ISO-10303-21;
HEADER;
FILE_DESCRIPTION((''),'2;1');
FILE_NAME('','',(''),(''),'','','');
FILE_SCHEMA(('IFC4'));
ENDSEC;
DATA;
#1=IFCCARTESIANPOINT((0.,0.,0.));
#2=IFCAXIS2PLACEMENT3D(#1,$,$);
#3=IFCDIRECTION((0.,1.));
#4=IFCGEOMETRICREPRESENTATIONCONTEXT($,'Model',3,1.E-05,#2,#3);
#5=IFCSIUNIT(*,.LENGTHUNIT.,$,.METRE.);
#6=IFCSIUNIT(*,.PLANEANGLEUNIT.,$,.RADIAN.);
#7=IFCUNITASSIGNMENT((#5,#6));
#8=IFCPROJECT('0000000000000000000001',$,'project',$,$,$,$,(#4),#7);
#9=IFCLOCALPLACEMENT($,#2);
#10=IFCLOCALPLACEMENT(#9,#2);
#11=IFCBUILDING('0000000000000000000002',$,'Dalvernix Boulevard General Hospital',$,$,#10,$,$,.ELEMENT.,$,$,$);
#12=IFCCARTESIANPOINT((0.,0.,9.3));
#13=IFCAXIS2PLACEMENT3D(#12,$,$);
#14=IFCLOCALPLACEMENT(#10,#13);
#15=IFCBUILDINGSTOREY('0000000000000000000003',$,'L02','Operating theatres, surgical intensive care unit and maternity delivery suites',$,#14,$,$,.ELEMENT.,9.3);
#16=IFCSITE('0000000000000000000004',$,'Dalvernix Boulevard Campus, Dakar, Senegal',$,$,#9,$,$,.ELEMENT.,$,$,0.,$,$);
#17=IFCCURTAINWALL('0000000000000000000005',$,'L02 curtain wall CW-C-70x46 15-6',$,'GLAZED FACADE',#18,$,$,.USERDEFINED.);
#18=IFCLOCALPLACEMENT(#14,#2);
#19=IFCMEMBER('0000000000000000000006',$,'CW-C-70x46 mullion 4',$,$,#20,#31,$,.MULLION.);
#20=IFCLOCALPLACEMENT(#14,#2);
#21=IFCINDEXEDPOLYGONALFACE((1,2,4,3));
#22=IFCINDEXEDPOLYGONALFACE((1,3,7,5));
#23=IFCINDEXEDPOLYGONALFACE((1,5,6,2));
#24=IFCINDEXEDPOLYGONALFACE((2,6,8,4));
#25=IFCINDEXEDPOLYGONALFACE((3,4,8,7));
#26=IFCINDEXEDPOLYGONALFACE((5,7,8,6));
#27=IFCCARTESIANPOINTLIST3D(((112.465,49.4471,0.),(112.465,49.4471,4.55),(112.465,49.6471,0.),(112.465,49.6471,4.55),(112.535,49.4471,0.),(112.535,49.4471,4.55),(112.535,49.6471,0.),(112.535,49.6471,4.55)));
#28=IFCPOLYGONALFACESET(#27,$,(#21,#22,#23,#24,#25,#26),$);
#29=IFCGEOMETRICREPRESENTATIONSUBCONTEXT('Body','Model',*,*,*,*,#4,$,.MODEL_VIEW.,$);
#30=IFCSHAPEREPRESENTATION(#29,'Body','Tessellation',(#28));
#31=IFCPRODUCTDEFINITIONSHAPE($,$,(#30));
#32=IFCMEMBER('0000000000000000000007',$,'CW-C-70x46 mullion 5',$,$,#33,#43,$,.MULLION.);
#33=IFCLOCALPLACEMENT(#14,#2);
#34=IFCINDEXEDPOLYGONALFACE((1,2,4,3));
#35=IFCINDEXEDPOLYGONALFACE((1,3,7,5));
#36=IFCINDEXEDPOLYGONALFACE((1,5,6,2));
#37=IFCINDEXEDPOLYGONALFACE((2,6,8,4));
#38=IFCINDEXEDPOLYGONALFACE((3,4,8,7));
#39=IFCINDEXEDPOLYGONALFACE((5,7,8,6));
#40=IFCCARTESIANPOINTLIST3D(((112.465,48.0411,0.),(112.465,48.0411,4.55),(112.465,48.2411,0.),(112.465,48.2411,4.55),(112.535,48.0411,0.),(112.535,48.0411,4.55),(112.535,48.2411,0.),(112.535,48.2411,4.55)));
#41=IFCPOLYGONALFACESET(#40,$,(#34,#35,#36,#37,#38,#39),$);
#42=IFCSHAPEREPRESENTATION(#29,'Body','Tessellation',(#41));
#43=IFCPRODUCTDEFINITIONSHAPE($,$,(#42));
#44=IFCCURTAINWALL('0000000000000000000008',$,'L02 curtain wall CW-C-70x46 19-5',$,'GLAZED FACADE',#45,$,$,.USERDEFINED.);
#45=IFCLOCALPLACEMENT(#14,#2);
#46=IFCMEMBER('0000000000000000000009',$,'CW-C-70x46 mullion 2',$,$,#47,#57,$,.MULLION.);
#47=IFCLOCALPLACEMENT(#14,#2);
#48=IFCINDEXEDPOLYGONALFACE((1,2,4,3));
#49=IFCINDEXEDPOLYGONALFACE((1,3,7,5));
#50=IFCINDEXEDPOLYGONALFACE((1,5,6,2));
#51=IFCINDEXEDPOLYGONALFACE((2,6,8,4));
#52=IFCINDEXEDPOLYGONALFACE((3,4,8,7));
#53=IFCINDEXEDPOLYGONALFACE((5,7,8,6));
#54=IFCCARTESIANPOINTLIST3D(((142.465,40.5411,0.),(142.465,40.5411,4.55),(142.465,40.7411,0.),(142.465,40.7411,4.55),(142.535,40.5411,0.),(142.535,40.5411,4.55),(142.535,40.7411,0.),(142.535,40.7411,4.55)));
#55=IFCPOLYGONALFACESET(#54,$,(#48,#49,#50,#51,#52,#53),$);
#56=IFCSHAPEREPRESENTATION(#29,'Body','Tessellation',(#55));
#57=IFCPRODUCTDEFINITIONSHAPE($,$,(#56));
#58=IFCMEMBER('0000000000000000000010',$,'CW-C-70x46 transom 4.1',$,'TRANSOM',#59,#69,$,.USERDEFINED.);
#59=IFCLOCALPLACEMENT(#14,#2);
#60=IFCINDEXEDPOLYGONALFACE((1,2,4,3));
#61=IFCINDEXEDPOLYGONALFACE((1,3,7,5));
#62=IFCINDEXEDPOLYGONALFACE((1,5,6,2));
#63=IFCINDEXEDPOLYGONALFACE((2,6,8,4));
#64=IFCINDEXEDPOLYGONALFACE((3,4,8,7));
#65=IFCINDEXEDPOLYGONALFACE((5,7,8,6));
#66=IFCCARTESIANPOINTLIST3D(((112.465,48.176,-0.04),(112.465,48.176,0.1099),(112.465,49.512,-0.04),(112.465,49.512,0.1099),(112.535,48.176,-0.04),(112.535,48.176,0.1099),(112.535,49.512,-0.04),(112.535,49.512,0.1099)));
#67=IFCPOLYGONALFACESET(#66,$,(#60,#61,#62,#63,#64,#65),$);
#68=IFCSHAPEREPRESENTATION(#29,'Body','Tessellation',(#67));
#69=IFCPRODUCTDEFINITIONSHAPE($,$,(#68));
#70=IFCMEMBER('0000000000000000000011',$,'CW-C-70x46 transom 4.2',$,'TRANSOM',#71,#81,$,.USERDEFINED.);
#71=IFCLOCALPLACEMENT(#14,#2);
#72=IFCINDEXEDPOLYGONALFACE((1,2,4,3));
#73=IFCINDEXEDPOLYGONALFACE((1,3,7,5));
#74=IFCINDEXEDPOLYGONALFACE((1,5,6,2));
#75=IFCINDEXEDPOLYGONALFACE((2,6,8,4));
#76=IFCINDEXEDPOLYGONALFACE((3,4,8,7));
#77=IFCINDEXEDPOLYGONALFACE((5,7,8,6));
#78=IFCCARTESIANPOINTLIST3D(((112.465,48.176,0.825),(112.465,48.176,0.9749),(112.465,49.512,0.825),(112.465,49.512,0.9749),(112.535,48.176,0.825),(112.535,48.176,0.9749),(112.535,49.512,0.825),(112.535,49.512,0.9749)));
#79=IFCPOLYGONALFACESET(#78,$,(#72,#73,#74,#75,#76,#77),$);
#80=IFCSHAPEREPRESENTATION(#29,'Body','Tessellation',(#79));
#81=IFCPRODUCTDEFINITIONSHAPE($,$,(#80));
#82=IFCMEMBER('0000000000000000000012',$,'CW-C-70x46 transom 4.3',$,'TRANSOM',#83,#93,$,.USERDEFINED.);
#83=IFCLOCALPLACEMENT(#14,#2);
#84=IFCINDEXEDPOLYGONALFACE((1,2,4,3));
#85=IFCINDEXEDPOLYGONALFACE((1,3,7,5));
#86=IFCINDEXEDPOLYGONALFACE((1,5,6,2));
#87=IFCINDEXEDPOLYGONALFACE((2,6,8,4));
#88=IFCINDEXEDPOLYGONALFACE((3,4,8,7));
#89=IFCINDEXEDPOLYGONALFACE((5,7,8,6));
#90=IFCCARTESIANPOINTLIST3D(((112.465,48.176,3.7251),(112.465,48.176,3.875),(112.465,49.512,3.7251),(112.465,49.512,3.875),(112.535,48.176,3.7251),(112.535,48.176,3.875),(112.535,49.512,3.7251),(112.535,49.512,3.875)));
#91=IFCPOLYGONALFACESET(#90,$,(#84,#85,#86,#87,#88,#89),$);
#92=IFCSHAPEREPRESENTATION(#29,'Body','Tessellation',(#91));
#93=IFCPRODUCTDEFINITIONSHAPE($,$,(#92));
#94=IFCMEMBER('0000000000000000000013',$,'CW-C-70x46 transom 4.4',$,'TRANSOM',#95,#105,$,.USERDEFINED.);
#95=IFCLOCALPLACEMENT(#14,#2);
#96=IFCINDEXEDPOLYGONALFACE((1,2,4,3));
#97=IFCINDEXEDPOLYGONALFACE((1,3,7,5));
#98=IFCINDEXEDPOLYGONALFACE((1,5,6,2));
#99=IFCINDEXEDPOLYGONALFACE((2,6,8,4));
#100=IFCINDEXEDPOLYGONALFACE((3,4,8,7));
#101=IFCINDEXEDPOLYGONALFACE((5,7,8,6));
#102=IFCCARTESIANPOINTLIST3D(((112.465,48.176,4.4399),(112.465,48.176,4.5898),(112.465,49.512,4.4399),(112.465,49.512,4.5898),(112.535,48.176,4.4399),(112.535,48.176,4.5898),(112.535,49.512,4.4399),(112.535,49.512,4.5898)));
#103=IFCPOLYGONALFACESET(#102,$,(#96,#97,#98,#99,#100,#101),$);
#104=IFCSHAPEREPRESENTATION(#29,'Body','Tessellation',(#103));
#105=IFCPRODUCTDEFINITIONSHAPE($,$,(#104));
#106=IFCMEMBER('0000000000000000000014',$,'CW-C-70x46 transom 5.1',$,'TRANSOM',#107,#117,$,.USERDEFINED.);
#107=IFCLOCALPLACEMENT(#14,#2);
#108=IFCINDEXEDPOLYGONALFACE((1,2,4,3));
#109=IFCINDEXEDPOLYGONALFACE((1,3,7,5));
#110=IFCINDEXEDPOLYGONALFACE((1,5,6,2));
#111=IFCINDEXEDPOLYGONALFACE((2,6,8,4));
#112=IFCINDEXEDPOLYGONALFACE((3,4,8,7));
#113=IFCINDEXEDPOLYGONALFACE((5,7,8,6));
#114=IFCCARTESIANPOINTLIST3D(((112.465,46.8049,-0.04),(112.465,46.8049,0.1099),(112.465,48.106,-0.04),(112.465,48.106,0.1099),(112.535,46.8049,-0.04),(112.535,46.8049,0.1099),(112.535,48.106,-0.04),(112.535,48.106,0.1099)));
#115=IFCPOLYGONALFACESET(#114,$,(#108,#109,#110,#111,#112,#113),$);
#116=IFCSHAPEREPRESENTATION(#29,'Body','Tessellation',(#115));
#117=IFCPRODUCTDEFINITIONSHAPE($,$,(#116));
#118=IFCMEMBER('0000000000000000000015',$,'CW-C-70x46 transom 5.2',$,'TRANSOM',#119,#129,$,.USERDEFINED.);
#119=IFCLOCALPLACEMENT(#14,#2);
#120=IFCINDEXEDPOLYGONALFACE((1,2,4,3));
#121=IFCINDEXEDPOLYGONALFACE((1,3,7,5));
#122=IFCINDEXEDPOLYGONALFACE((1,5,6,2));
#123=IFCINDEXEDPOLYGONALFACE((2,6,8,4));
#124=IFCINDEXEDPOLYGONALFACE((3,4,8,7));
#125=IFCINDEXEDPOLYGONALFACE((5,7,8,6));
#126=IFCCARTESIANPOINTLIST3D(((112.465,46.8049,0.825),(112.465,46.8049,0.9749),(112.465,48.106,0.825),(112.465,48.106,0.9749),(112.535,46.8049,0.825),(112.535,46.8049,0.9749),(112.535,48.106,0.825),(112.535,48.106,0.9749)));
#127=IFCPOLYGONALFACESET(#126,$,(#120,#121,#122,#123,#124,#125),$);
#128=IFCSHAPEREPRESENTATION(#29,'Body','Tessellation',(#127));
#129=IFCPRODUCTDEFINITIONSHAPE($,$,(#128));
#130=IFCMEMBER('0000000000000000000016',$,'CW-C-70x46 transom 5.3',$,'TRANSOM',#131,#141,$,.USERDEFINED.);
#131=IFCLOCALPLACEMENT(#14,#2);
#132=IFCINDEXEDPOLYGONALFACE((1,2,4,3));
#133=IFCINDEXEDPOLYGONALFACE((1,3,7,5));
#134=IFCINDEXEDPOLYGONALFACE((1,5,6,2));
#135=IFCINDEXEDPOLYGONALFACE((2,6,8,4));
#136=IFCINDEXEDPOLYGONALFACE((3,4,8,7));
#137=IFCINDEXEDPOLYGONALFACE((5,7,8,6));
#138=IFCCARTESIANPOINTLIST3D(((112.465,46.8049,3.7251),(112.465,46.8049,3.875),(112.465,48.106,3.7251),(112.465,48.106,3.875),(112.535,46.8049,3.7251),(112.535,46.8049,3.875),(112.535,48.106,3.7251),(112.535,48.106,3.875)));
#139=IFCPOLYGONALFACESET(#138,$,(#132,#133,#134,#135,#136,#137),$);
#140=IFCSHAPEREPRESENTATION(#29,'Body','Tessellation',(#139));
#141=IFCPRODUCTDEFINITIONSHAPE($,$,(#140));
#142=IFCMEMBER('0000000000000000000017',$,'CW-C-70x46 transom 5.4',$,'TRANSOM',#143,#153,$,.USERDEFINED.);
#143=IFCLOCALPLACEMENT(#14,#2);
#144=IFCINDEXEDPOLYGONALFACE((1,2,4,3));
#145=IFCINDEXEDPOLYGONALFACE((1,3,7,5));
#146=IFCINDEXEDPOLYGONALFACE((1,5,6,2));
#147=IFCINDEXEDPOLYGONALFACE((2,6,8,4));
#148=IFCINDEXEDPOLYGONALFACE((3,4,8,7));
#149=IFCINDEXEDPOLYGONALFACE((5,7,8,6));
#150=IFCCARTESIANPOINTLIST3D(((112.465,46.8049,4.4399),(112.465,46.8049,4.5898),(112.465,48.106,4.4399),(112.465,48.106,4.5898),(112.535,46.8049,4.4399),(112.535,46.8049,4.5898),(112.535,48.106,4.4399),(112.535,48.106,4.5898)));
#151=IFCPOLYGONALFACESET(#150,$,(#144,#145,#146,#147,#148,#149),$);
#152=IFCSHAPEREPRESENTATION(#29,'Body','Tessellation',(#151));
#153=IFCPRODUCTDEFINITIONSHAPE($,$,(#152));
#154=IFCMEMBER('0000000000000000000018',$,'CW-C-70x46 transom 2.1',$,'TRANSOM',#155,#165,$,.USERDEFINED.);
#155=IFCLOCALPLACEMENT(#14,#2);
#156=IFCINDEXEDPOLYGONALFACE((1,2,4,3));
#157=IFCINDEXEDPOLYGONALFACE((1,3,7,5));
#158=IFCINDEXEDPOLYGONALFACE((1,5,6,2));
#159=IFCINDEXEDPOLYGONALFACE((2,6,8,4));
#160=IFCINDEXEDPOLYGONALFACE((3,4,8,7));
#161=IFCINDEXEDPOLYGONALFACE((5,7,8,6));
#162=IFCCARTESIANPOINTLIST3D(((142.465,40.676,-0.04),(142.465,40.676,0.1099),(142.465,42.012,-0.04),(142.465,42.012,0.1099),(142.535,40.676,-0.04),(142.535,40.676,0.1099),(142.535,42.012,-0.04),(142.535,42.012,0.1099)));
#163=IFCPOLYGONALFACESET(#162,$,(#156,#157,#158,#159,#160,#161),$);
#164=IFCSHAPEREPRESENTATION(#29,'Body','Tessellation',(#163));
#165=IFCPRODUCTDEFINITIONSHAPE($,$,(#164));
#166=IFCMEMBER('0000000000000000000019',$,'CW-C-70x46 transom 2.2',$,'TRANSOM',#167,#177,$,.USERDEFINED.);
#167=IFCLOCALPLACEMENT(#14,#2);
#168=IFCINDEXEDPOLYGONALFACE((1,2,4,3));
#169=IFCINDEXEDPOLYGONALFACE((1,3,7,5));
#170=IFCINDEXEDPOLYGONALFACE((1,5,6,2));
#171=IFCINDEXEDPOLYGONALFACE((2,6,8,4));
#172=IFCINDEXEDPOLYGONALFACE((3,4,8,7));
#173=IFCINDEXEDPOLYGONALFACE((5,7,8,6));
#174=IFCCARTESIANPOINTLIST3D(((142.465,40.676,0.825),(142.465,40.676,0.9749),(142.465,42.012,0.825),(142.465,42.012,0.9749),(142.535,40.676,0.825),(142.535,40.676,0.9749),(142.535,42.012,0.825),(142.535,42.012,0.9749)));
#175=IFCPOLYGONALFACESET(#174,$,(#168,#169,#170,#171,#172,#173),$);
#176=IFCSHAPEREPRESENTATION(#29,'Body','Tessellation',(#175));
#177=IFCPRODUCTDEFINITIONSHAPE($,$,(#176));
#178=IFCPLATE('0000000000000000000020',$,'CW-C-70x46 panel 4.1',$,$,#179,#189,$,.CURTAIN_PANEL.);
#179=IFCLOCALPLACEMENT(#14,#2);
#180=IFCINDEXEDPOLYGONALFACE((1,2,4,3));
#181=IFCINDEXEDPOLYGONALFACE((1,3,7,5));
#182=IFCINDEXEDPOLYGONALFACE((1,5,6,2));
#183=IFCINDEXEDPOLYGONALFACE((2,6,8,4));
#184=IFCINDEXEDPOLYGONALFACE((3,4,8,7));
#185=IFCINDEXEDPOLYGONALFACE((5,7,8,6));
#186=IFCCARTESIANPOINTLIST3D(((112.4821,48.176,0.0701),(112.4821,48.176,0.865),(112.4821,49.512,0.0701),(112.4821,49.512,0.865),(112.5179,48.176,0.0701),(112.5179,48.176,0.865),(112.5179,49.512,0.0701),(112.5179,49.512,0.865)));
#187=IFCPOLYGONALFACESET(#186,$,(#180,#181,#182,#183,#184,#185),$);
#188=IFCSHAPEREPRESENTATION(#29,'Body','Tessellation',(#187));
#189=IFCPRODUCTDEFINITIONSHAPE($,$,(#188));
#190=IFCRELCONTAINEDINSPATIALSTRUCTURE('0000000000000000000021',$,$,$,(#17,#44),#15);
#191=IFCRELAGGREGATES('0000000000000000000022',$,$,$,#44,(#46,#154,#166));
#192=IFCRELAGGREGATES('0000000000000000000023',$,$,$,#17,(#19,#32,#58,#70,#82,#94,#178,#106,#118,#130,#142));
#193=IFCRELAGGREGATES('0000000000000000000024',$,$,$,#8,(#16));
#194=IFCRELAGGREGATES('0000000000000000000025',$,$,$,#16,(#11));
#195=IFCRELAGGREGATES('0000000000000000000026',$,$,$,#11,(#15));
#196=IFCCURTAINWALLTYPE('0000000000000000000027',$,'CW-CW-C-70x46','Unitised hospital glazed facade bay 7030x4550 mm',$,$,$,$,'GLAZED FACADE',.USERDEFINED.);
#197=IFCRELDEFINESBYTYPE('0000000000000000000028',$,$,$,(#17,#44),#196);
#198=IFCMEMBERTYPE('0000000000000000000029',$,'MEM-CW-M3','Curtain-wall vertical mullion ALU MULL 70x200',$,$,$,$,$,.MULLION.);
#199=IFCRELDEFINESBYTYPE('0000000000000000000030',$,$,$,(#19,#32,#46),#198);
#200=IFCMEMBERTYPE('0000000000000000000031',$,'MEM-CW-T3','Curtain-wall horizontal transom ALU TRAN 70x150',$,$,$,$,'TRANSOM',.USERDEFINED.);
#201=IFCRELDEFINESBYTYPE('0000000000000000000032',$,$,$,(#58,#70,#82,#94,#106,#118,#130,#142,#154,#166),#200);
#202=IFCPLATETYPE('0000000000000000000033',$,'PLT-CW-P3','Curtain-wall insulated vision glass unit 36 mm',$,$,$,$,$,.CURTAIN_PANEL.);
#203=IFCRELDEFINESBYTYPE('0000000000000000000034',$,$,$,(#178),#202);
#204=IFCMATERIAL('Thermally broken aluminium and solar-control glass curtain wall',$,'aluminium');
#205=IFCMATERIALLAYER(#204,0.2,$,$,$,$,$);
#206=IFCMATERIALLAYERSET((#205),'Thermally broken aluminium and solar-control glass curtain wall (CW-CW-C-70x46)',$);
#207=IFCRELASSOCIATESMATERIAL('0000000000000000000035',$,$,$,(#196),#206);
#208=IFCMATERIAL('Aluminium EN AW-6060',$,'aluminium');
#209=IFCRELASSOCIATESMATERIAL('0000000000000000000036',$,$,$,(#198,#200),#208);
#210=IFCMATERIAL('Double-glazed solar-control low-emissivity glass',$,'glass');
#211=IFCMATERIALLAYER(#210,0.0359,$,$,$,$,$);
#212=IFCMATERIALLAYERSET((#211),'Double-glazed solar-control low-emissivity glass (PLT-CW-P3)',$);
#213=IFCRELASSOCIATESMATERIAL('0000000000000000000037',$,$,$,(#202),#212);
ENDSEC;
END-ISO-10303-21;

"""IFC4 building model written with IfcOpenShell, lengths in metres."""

from ifc_helpers import new_model, si_unit, direction, frame, origin, origin_2d, place, context, subcontext, project, spatial, rectangle, extrude, material, layer, layer_set, material_profile, profile_set, type_object, element, aggregate, save


model = new_model("IFC4")

# Units and contexts
model_context = context("Model", 3, precision=1e-05, world=origin(), true_north=direction((0.0, 1.0)))
body_context = subcontext(model_context, "Body", "Model", "MODEL_VIEW")
ifc_project = project(units=[si_unit("LENGTHUNIT", "METRE"), si_unit("PLANEANGLEUNIT", "RADIAN")], contexts=[model_context])

# Site, building, storey
site_placement = place(None, origin())
site = spatial("IfcSite", under=ifc_project, at=site_placement, Name="Dalvernix Boulevard Campus, Dakar, Senegal", CompositionType="ELEMENT", RefElevation=0.0)
building_placement = place(site_placement, origin())
building = spatial("IfcBuilding", under=site, at=building_placement, Name="Dalvernix Boulevard General Hospital", CompositionType="ELEMENT")
storey_placement = place(building_placement, frame((0.0, 0.0, 9.3)))
storey = spatial("IfcBuildingStorey", under=building, at=storey_placement, Name="L02", Description="Operating theatres, surgical intensive care unit and maternity delivery suites", CompositionType="ELEMENT", Elevation=9.3)

# Curtain wall, members
ifc_material_1 = material(Name="Thermally broken aluminium and solar-control glass curtain wall", Category="aluminium")
ifc_layer_1 = layer(ifc_material_1, 0.2)
ifc_layer_set_1 = layer_set([ifc_layer_1], Name="Thermally broken aluminium and solar-control glass curtain wall (CW-CW-C-70x46)")
curtain_wall_type = type_object("IfcCurtainWallType", Name="CW-CW-C-70x46", Description="Unitised hospital glazed facade bay 7030x4550 mm", ElementType="GLAZED FACADE", PredefinedType="USERDEFINED", material=ifc_layer_set_1)
curtain_wall_1_placement = place(storey_placement, origin())
curtain_wall_1 = element("IfcCurtainWall", 1, at=curtain_wall_1_placement, inside=storey, type_object=curtain_wall_type, Name="L02 curtain wall CW-C-70x46 15-6", ObjectType="GLAZED FACADE", PredefinedType="USERDEFINED")
ifc_material_2 = material(Name="Aluminium EN AW-6060", Category="aluminium")
ifc_material_profile_1 = material_profile(ifc_material_2, rectangle(XDim=0.0701, YDim=0.2, at=origin_2d()), Name="ALU MULL 70x200")
ifc_profile_set_1 = profile_set([ifc_material_profile_1], Name="Aluminium EN AW-6060")
member_type_1 = type_object("IfcMemberType", Name="MEM-CW-M3", Description="Curtain-wall vertical mullion ALU MULL 70x200", PredefinedType="MULLION", material=ifc_profile_set_1)
member_1_placement = place(storey_placement, frame((112.5, 49.5471, 0.0), z_axis=(0.0, 0.0, 1.0), x_axis=(1.0, 0.0, 0.0)))
member_1 = element("IfcMember", 2, at=member_1_placement, type_object=member_type_1, Name="CW-C-70x46 mullion 4", PredefinedType="MULLION", context=body_context, shape_type="SweptSolid", body=[
    extrude(rectangle(XDim=0.0701, YDim=0.2, at=origin_2d()), origin(), (0.0, 0.0, 1.0), 4.55),
])
member_2_placement = place(storey_placement, frame((112.5, 48.1411, 0.0), z_axis=(0.0, 0.0, 1.0), x_axis=(1.0, 0.0, 0.0)))
member_2 = element("IfcMember", 3, at=member_2_placement, type_object=member_type_1, Name="CW-C-70x46 mullion 5", PredefinedType="MULLION", context=body_context, shape_type="SweptSolid", body=[
    extrude(rectangle(XDim=0.0701, YDim=0.2, at=origin_2d()), origin(), (0.0, 0.0, 1.0), 4.55),
])

# Curtain wall, member
curtain_wall_2_placement = place(storey_placement, origin())
curtain_wall_2 = element("IfcCurtainWall", 4, at=curtain_wall_2_placement, inside=storey, type_object=curtain_wall_type, Name="L02 curtain wall CW-C-70x46 19-5", ObjectType="GLAZED FACADE", PredefinedType="USERDEFINED")
member_3_placement = place(storey_placement, frame((142.5, 40.6411, 0.0), z_axis=(0.0, 0.0, 1.0), x_axis=(-1.0, 0.0, 0.0)))
member_3 = element("IfcMember", 5, at=member_3_placement, type_object=member_type_1, Name="CW-C-70x46 mullion 2", PredefinedType="MULLION", context=body_context, shape_type="SweptSolid", body=[
    extrude(rectangle(XDim=0.0701, YDim=0.2, at=origin_2d()), origin(), (0.0, 0.0, 1.0), 4.55),
])

# Members
ifc_material_profile_2 = material_profile(ifc_material_2, rectangle(XDim=0.0701, YDim=0.1499, at=origin_2d()), Name="ALU TRAN 70x150")
ifc_profile_set_2 = profile_set([ifc_material_profile_2], Name="Aluminium EN AW-6060")
member_type_2 = type_object("IfcMemberType", Name="MEM-CW-T3", Description="Curtain-wall horizontal transom ALU TRAN 70x150", ElementType="TRANSOM", PredefinedType="USERDEFINED", material=ifc_profile_set_2)
member_4_placement = place(storey_placement, frame((112.5, 49.512, 0.0349), z_axis=(0.0, -1.0, 0.0), x_axis=(1.0, 0.0, 0.0)))
member_4 = element("IfcMember", 6, at=member_4_placement, type_object=member_type_2, Name="CW-C-70x46 transom 4.1", ObjectType="TRANSOM", PredefinedType="USERDEFINED", context=body_context, shape_type="SweptSolid", body=[
    extrude(rectangle(XDim=0.0701, YDim=0.1499, at=origin_2d()), origin(), (0.0, 0.0, 1.0), 1.3359),
])
member_5_placement = place(storey_placement, frame((112.5, 49.512, 0.8999), z_axis=(0.0, -1.0, 0.0), x_axis=(1.0, 0.0, 0.0)))
member_5 = element("IfcMember", 7, at=member_5_placement, type_object=member_type_2, Name="CW-C-70x46 transom 4.2", ObjectType="TRANSOM", PredefinedType="USERDEFINED", context=body_context, shape_type="SweptSolid", body=[
    extrude(rectangle(XDim=0.0701, YDim=0.1499, at=origin_2d()), origin(), (0.0, 0.0, 1.0), 1.3359),
])
member_6_placement = place(storey_placement, frame((112.5, 49.512, 3.8), z_axis=(0.0, -1.0, 0.0), x_axis=(1.0, 0.0, 0.0)))
member_6 = element("IfcMember", 8, at=member_6_placement, type_object=member_type_2, Name="CW-C-70x46 transom 4.3", ObjectType="TRANSOM", PredefinedType="USERDEFINED", context=body_context, shape_type="SweptSolid", body=[
    extrude(rectangle(XDim=0.0701, YDim=0.1499, at=origin_2d()), origin(), (0.0, 0.0, 1.0), 1.3359),
])
member_7_placement = place(storey_placement, frame((112.5, 49.512, 4.5149), z_axis=(0.0, -1.0, 0.0), x_axis=(1.0, 0.0, 0.0)))
member_7 = element("IfcMember", 9, at=member_7_placement, type_object=member_type_2, Name="CW-C-70x46 transom 4.4", ObjectType="TRANSOM", PredefinedType="USERDEFINED", context=body_context, shape_type="SweptSolid", body=[
    extrude(rectangle(XDim=0.0701, YDim=0.1499, at=origin_2d()), origin(), (0.0, 0.0, 1.0), 1.3359),
])
member_8_placement = place(storey_placement, frame((112.5, 48.106, 0.0349), z_axis=(0.0, -1.0, 0.0), x_axis=(1.0, 0.0, 0.0)))
member_8 = element("IfcMember", 10, at=member_8_placement, type_object=member_type_2, Name="CW-C-70x46 transom 5.1", ObjectType="TRANSOM", PredefinedType="USERDEFINED", context=body_context, shape_type="SweptSolid", body=[
    extrude(rectangle(XDim=0.0701, YDim=0.1499, at=origin_2d()), origin(), (0.0, 0.0, 1.0), 1.301),
])
member_9_placement = place(storey_placement, frame((112.5, 48.106, 0.8999), z_axis=(0.0, -1.0, 0.0), x_axis=(1.0, 0.0, 0.0)))
member_9 = element("IfcMember", 11, at=member_9_placement, type_object=member_type_2, Name="CW-C-70x46 transom 5.2", ObjectType="TRANSOM", PredefinedType="USERDEFINED", context=body_context, shape_type="SweptSolid", body=[
    extrude(rectangle(XDim=0.0701, YDim=0.1499, at=origin_2d()), origin(), (0.0, 0.0, 1.0), 1.301),
])
member_10_placement = place(storey_placement, frame((112.5, 48.106, 3.8), z_axis=(0.0, -1.0, 0.0), x_axis=(1.0, 0.0, 0.0)))
member_10 = element("IfcMember", 12, at=member_10_placement, type_object=member_type_2, Name="CW-C-70x46 transom 5.3", ObjectType="TRANSOM", PredefinedType="USERDEFINED", context=body_context, shape_type="SweptSolid", body=[
    extrude(rectangle(XDim=0.0701, YDim=0.1499, at=origin_2d()), origin(), (0.0, 0.0, 1.0), 1.301),
])
member_11_placement = place(storey_placement, frame((112.5, 48.106, 4.5149), z_axis=(0.0, -1.0, 0.0), x_axis=(1.0, 0.0, 0.0)))
member_11 = element("IfcMember", 13, at=member_11_placement, type_object=member_type_2, Name="CW-C-70x46 transom 5.4", ObjectType="TRANSOM", PredefinedType="USERDEFINED", context=body_context, shape_type="SweptSolid", body=[
    extrude(rectangle(XDim=0.0701, YDim=0.1499, at=origin_2d()), origin(), (0.0, 0.0, 1.0), 1.301),
])
member_12_placement = place(storey_placement, frame((142.5, 40.676, 0.0349), z_axis=(0.0, 1.0, 0.0), x_axis=(-1.0, 0.0, 0.0)))
member_12 = element("IfcMember", 14, at=member_12_placement, type_object=member_type_2, Name="CW-C-70x46 transom 2.1", ObjectType="TRANSOM", PredefinedType="USERDEFINED", context=body_context, shape_type="SweptSolid", body=[
    extrude(rectangle(XDim=0.0701, YDim=0.1499, at=origin_2d()), origin(), (0.0, 0.0, 1.0), 1.3359),
])
member_13_placement = place(storey_placement, frame((142.5, 40.676, 0.8999), z_axis=(0.0, 1.0, 0.0), x_axis=(-1.0, 0.0, 0.0)))
member_13 = element("IfcMember", 15, at=member_13_placement, type_object=member_type_2, Name="CW-C-70x46 transom 2.2", ObjectType="TRANSOM", PredefinedType="USERDEFINED", context=body_context, shape_type="SweptSolid", body=[
    extrude(rectangle(XDim=0.0701, YDim=0.1499, at=origin_2d()), origin(), (0.0, 0.0, 1.0), 1.3359),
])
aggregate(curtain_wall_2, [member_3, member_12, member_13])

# Plate
ifc_material_3 = material(Name="Double-glazed solar-control low-emissivity glass", Category="glass")
ifc_layer_2 = layer(ifc_material_3, 0.0359)
ifc_layer_set_2 = layer_set([ifc_layer_2], Name="Double-glazed solar-control low-emissivity glass (PLT-CW-P3)")
plate_type = type_object("IfcPlateType", Name="PLT-CW-P3", Description="Curtain-wall insulated vision glass unit 36 mm", PredefinedType="CURTAIN_PANEL", material=ifc_layer_set_2)
plate_1_placement = place(storey_placement, frame((112.5, 48.844, 0.0701), z_axis=(0.0, 0.0, 1.0), x_axis=(0.0, -1.0, 0.0)))
plate_1 = element("IfcPlate", 16, at=plate_1_placement, type_object=plate_type, Name="CW-C-70x46 panel 4.1", PredefinedType="CURTAIN_PANEL", context=body_context, shape_type="SweptSolid", body=[
    extrude(rectangle(XDim=1.3359, YDim=0.0359, at=origin_2d()), origin(), (0.0, 0.0, 1.0), 0.7949),
])
aggregate(curtain_wall_1, [member_1, member_2, member_4, member_5, member_6, member_7, plate_1, member_8, member_9, member_10, member_11])

save(model, "model.ifc")
